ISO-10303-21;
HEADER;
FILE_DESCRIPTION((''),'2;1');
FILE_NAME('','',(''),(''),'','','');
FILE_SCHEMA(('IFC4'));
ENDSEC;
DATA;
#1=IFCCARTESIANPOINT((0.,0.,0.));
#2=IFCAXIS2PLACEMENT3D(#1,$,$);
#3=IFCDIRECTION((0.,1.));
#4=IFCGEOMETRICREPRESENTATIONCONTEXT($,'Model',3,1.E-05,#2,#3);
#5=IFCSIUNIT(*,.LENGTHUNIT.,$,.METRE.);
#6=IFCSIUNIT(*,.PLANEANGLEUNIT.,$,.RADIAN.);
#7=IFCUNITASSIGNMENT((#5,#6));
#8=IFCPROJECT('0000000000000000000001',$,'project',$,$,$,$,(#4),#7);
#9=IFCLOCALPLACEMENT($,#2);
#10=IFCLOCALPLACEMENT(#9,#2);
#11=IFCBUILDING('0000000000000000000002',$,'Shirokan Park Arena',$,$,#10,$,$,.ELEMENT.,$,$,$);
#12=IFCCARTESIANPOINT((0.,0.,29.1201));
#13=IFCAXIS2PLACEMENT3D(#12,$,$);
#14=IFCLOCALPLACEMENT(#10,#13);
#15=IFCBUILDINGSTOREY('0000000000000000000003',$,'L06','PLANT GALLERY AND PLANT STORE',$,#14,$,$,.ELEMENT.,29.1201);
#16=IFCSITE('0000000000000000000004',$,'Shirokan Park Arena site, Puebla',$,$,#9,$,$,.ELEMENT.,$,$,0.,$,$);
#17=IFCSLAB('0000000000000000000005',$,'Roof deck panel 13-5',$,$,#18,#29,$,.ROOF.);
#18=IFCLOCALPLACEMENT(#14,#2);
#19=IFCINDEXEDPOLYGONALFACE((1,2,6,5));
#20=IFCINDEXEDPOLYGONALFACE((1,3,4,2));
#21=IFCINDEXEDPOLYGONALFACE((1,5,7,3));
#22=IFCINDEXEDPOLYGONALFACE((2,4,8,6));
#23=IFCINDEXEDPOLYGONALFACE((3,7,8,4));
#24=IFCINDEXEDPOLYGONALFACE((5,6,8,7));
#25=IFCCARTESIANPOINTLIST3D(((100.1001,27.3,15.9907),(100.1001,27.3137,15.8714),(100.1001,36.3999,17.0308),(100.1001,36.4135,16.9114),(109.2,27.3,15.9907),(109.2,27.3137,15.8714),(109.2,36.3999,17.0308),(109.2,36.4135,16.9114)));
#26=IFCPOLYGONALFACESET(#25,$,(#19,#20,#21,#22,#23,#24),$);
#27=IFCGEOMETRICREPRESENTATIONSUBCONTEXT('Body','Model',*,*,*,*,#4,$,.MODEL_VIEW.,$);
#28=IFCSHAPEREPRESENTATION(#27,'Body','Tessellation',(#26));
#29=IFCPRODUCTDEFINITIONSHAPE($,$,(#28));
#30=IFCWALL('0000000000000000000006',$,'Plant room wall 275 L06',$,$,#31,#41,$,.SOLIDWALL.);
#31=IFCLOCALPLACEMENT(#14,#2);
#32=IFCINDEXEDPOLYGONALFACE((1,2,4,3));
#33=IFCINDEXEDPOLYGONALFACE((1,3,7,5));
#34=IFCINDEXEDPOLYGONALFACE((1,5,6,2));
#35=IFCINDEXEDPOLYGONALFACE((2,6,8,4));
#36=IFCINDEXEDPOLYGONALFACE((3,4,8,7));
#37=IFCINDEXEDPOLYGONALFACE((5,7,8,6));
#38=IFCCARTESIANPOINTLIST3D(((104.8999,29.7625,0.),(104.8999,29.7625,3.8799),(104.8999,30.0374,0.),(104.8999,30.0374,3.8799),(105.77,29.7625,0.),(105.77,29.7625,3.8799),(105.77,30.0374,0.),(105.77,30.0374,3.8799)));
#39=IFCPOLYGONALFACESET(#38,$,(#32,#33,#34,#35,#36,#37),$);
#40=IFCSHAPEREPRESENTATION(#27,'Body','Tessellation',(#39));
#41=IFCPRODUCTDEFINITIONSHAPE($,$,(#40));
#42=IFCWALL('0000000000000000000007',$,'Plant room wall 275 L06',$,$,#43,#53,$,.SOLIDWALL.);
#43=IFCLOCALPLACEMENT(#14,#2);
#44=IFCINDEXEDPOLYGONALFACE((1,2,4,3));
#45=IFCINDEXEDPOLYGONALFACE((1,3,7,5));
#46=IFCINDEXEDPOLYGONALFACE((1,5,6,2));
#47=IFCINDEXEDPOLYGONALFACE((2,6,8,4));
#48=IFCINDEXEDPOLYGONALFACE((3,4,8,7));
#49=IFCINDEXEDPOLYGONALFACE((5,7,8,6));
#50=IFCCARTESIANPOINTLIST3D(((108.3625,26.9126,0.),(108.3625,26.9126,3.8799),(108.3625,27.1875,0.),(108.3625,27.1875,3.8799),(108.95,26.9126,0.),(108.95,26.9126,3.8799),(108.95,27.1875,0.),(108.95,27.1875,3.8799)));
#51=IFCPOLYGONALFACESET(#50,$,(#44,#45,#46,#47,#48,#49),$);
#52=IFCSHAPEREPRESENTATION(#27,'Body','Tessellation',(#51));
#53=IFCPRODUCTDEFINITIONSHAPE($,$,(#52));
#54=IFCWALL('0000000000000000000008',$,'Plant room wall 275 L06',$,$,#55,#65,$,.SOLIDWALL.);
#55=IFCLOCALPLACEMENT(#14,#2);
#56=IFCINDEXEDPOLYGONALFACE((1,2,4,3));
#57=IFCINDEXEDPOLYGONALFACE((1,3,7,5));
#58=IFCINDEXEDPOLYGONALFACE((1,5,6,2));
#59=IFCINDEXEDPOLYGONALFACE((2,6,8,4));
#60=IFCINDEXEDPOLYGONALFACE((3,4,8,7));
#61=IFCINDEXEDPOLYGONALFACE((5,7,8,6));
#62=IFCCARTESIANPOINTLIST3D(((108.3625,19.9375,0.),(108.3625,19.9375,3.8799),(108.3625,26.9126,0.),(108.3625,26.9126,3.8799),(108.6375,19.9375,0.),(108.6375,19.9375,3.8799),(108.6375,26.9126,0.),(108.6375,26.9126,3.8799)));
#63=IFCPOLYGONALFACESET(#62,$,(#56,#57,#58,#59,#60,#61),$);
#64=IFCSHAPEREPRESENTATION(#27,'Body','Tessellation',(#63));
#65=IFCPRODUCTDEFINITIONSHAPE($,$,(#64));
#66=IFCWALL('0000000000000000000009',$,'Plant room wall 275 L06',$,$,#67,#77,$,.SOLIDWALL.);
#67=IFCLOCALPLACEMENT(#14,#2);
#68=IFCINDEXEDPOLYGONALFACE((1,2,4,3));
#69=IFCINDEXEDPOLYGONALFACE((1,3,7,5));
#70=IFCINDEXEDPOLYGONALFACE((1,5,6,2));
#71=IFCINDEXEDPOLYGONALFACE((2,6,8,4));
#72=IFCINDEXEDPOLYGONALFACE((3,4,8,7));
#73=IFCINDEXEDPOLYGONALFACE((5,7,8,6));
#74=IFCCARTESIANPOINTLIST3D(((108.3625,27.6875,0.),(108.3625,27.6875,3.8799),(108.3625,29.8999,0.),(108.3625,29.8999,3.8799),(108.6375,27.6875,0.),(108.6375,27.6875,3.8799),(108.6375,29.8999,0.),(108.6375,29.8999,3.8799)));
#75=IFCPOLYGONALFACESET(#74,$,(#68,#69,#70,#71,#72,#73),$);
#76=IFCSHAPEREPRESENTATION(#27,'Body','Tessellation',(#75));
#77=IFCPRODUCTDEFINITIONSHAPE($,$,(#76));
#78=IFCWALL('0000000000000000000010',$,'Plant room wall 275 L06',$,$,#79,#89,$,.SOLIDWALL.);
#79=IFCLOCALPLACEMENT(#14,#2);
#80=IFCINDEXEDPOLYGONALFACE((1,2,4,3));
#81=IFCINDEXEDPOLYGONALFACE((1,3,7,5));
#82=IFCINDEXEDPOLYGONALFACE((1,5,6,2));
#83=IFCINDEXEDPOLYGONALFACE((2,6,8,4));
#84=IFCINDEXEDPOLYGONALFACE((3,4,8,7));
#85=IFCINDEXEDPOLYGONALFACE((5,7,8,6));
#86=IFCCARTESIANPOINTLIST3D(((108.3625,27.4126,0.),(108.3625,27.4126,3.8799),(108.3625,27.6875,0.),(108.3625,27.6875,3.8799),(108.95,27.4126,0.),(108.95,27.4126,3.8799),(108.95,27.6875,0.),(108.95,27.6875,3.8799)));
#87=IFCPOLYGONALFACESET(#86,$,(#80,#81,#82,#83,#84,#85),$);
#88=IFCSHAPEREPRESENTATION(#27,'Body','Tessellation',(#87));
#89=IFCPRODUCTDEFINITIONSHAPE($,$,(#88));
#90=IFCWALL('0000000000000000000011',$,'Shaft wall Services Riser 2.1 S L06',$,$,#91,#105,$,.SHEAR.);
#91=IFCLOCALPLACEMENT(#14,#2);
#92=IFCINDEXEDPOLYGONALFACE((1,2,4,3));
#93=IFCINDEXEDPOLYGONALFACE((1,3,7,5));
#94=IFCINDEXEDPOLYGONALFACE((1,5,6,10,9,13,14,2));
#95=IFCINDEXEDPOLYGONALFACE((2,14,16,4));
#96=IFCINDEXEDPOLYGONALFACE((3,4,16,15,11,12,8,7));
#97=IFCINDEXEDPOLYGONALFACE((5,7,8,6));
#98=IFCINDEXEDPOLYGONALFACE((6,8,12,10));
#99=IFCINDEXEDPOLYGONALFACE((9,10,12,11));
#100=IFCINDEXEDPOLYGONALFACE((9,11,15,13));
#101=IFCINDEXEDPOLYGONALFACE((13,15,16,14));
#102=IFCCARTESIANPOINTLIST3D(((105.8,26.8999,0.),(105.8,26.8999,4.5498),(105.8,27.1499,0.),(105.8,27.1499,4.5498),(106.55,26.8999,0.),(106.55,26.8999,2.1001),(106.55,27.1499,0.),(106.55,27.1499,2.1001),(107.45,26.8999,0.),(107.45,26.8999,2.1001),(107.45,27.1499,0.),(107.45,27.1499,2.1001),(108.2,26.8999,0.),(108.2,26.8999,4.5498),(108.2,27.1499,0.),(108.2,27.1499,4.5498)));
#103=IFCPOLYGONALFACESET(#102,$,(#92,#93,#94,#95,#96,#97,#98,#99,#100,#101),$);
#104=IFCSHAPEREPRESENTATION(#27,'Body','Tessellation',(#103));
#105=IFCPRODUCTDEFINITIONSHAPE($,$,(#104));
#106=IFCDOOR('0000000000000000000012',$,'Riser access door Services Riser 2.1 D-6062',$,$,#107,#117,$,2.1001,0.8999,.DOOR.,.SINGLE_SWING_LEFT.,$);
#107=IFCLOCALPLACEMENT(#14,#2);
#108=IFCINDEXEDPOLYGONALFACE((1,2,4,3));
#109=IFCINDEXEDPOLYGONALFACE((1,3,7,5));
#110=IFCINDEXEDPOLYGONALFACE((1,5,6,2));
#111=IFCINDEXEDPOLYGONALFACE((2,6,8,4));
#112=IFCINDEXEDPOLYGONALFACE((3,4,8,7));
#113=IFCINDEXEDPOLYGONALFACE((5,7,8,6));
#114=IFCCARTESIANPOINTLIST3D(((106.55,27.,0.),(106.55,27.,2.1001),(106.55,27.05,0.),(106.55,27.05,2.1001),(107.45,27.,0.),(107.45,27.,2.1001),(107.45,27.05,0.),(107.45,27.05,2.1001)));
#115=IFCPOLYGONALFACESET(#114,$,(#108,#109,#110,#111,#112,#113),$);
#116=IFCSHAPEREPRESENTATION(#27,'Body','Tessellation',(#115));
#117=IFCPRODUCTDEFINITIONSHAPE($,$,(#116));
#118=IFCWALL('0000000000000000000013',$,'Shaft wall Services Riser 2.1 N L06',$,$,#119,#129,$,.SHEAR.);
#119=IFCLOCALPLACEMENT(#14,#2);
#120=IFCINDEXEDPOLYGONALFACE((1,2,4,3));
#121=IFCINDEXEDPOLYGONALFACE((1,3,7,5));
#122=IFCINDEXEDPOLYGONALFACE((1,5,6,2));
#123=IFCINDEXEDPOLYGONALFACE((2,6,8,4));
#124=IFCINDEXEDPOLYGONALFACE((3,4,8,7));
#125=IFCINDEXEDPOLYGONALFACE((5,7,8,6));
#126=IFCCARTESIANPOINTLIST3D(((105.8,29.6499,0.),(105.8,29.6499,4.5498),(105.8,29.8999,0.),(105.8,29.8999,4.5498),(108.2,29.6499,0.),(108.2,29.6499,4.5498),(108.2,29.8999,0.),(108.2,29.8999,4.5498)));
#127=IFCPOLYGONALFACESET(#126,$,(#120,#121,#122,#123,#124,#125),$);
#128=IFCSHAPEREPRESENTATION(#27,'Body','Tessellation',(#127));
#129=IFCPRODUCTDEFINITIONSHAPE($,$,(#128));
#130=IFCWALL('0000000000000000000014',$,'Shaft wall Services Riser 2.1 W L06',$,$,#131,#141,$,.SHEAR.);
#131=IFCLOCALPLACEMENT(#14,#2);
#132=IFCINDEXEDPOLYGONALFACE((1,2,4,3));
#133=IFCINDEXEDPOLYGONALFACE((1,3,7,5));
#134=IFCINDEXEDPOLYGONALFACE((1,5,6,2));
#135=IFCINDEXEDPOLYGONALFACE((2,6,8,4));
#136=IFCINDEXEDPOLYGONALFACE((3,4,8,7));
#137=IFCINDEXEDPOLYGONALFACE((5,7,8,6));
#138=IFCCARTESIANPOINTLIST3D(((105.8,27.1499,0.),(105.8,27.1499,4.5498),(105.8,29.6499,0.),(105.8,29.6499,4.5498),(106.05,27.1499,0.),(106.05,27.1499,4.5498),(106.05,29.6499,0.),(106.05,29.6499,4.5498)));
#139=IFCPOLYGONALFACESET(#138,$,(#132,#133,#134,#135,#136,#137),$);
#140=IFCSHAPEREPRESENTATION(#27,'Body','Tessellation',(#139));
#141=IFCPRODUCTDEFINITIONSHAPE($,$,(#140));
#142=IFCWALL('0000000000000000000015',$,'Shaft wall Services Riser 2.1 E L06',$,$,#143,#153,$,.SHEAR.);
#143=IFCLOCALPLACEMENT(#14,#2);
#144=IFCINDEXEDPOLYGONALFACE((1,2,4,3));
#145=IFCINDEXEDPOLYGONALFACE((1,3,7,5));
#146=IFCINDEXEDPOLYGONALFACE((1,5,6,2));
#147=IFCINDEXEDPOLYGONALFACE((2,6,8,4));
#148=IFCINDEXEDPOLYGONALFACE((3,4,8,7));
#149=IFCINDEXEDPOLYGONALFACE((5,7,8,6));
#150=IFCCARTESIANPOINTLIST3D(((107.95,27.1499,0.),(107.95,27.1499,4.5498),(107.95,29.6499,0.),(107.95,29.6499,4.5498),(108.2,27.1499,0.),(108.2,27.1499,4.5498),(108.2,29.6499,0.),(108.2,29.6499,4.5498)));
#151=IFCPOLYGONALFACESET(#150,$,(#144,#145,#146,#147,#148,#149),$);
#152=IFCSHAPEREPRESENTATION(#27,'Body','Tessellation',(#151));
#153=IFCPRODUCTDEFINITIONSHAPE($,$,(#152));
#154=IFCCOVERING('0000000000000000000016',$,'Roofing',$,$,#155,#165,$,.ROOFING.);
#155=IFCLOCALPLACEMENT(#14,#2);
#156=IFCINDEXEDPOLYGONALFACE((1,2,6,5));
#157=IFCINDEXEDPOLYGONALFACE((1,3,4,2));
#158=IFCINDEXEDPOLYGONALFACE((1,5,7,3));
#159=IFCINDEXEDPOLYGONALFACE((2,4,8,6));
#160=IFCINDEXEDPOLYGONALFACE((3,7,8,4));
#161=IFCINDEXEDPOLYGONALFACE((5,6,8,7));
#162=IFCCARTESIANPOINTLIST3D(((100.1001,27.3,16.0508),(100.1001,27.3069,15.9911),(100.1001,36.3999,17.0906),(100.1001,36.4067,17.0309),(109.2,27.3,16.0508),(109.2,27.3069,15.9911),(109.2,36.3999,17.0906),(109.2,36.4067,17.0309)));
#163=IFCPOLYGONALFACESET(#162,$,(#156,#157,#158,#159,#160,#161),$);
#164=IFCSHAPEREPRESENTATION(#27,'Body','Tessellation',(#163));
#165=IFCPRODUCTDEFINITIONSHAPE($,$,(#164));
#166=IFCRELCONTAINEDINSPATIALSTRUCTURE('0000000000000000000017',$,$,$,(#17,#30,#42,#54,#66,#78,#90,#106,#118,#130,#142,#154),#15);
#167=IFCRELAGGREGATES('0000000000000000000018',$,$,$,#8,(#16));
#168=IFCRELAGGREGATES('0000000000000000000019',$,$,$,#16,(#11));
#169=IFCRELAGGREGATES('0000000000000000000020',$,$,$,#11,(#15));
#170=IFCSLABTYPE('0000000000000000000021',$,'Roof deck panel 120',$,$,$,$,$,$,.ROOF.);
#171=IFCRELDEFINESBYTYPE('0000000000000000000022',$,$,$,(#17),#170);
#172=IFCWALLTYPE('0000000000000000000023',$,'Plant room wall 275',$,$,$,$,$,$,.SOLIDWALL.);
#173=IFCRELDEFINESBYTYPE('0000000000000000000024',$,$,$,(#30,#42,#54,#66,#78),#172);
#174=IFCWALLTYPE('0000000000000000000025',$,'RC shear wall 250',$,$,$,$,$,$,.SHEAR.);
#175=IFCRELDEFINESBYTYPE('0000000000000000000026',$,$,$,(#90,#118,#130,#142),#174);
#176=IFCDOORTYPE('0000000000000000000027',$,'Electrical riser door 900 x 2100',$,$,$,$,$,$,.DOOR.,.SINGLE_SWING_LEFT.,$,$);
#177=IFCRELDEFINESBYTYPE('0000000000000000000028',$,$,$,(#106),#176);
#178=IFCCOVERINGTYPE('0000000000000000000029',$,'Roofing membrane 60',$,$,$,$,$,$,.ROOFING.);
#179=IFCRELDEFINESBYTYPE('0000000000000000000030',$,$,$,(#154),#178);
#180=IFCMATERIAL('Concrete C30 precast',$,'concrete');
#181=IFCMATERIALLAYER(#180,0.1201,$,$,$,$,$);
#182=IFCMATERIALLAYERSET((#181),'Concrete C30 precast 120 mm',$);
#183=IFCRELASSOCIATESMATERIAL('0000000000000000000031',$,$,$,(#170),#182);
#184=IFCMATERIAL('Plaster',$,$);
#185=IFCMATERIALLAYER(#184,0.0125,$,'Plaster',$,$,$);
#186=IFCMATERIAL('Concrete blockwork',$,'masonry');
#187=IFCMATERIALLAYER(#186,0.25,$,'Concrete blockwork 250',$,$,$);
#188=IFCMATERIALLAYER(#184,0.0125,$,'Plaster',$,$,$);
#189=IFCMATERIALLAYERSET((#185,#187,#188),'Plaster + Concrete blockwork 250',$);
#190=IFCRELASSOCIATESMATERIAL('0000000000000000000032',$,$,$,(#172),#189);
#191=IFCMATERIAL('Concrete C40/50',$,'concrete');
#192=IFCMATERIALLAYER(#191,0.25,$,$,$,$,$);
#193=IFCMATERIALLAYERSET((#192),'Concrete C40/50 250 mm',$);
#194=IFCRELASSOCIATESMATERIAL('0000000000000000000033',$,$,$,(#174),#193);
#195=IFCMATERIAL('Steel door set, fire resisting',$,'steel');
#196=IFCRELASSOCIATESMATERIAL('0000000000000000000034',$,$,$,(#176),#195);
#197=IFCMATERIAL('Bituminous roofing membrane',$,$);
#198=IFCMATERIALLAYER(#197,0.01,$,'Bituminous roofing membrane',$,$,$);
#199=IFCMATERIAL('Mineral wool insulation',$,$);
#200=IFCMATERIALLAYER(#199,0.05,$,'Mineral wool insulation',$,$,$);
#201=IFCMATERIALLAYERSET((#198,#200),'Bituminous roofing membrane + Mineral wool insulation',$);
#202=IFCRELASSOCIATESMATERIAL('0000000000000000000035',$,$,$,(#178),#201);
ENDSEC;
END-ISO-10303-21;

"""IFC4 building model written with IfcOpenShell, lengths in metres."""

from ifc_helpers import new_model, si_unit, direction, frame, frame_2d, origin, place, context, subcontext, project, spatial, polyline, rectangle, outline, extrude, material, layer, layer_set, type_object, element, fill, save


model = new_model("IFC4")

# Units and contexts
model_context = context("Model", 3, precision=1e-05, world=origin(), true_north=direction((0.0, 1.0)))
body_context = subcontext(model_context, "Body", "Model", "MODEL_VIEW")
ifc_project = project(units=[si_unit("LENGTHUNIT", "METRE"), si_unit("PLANEANGLEUNIT", "RADIAN")], contexts=[model_context])

# Site, building, storey
site_placement = place(None, origin())
site = spatial("IfcSite", under=ifc_project, at=site_placement, Name="Shirokan Park Arena site, Puebla", CompositionType="ELEMENT", RefElevation=0.0)
building_placement = place(site_placement, origin())
building = spatial("IfcBuilding", under=site, at=building_placement, Name="Shirokan Park Arena", CompositionType="ELEMENT")
storey_placement = place(building_placement, frame((0.0, 0.0, 29.1201)))
storey = spatial("IfcBuildingStorey", under=building, at=storey_placement, Name="L06", Description="PLANT GALLERY AND PLANT STORE", CompositionType="ELEMENT", Elevation=29.1201)

# Slab
ifc_material_1 = material(Name="Concrete C30 precast", Category="concrete")
ifc_layer_1 = layer(ifc_material_1, 0.1201)
ifc_layer_set_1 = layer_set([ifc_layer_1], Name="Concrete C30 precast 120 mm")
slab_type = type_object("IfcSlabType", Name="Roof deck panel 120", PredefinedType="ROOF", material=ifc_layer_set_1)
slab_placement = place(storey_placement, frame((100.1001, 27.3, 15.9907), z_axis=(0.0, -0.113553, 0.993532), x_axis=(1.0, 0.0, 0.0)))
element("IfcSlab", 1, at=slab_placement, inside=storey, type_object=slab_type, Name="Roof deck panel 13-5", PredefinedType="ROOF", context=body_context, shape_type="SweptSolid", body=[
    extrude(outline(polyline([(0.0, 0.0), (9.0999, 0.0), (9.0999, 9.1591), (0.0, 9.1591), (0.0, 0.0)])), origin(), (0.0, 0.0, -1.0), 0.1201),
])

# Shared definitions
ifc_material_2 = material(Name="Plaster")
ifc_layer_2 = layer(ifc_material_2, 0.0125, Name="Plaster")
ifc_material_3 = material(Name="Concrete blockwork", Category="masonry")
ifc_layer_3 = layer(ifc_material_3, 0.25, Name="Concrete blockwork 250")
ifc_layer_4 = layer(ifc_material_2, 0.0125, Name="Plaster")
ifc_layer_set_2 = layer_set([ifc_layer_2, ifc_layer_3, ifc_layer_4], Name="Plaster + Concrete blockwork 250")
wall_type_1 = type_object("IfcWallType", Name="Plant room wall 275", PredefinedType="SOLIDWALL", material=ifc_layer_set_2)

# Walls
wall_1_placement = place(storey_placement, frame((104.8999, 29.8999, 0.0), z_axis=(0.0, 0.0, 1.0), x_axis=(1.0, 0.0, 0.0)))
element("IfcWall", 2, at=wall_1_placement, inside=storey, type_object=wall_type_1, Name="Plant room wall 275 L06", PredefinedType="SOLIDWALL", context=body_context, shape_type="SweptSolid", body=[
    extrude(rectangle(XDim=0.8701, YDim=0.2749, at=frame_2d((0.4351, 0.0))), origin(), (0.0, 0.0, 1.0), 3.8799),
])
wall_2_placement = place(storey_placement, frame((108.3625, 27.05, 0.0), z_axis=(0.0, 0.0, 1.0), x_axis=(1.0, 0.0, 0.0)))
element("IfcWall", 3, at=wall_2_placement, inside=storey, type_object=wall_type_1, Name="Plant room wall 275 L06", PredefinedType="SOLIDWALL", context=body_context, shape_type="SweptSolid", body=[
    extrude(rectangle(XDim=0.5874, YDim=0.2749, at=frame_2d((0.2937, 0.0))), origin(), (0.0, 0.0, 1.0), 3.8799),
])
wall_3_placement = place(storey_placement, frame((108.5, 19.9375, 0.0), z_axis=(0.0, 0.0, 1.0), x_axis=(0.0, 1.0, 0.0)))
element("IfcWall", 4, at=wall_3_placement, inside=storey, type_object=wall_type_1, Name="Plant room wall 275 L06", PredefinedType="SOLIDWALL", context=body_context, shape_type="SweptSolid", body=[
    extrude(rectangle(XDim=6.9751, YDim=0.2749, at=frame_2d((3.4875, 0.0))), origin(), (0.0, 0.0, 1.0), 3.8799),
])
wall_4_placement = place(storey_placement, frame((108.5, 27.6875, 0.0), z_axis=(0.0, 0.0, 1.0), x_axis=(0.0, 1.0, 0.0)))
element("IfcWall", 5, at=wall_4_placement, inside=storey, type_object=wall_type_1, Name="Plant room wall 275 L06", PredefinedType="SOLIDWALL", context=body_context, shape_type="SweptSolid", body=[
    extrude(rectangle(XDim=2.2124, YDim=0.2749, at=frame_2d((1.1062, 0.0))), origin(), (0.0, 0.0, 1.0), 3.8799),
])
wall_5_placement = place(storey_placement, frame((108.95, 27.55, 0.0), z_axis=(0.0, 0.0, 1.0), x_axis=(-1.0, 0.0, 0.0)))
element("IfcWall", 6, at=wall_5_placement, inside=storey, type_object=wall_type_1, Name="Plant room wall 275 L06", PredefinedType="SOLIDWALL", context=body_context, shape_type="SweptSolid", body=[
    extrude(rectangle(XDim=0.5874, YDim=0.2749, at=frame_2d((0.2937, 0.0))), origin(), (0.0, 0.0, 1.0), 3.8799),
])

# Wall, opening, door
ifc_material_4 = material(Name="Concrete C40/50", Category="concrete")
ifc_layer_5 = layer(ifc_material_4, 0.25)
ifc_layer_set_3 = layer_set([ifc_layer_5], Name="Concrete C40/50 250 mm")
wall_type_2 = type_object("IfcWallType", Name="RC shear wall 250", PredefinedType="SHEAR", material=ifc_layer_set_3)
wall_6_placement = place(storey_placement, frame((108.2, 27.0249, 0.0), z_axis=(0.0, 0.0, 1.0), x_axis=(-1.0, 0.0, 0.0)))
wall_6 = element("IfcWall", 7, at=wall_6_placement, inside=storey, type_object=wall_type_2, Name="Shaft wall Services Riser 2.1 S L06", PredefinedType="SHEAR", context=body_context, shape_type="SweptSolid", body=[
    extrude(rectangle(XDim=2.3999, YDim=0.25, at=frame_2d((1.2, 0.0))), origin(), (0.0, 0.0, 1.0), 4.5498),
])
opening_1_placement = place(wall_6_placement, frame((0.75, 0.0, 0.0)))
opening_1 = element("IfcOpeningElement", 8, at=opening_1_placement, cuts=wall_6, PredefinedType="OPENING", context=body_context, shape_type="SweptSolid", body=[
    extrude(rectangle(XDim=0.8999, YDim=2.1001, at=frame_2d((0.45, 1.05))), frame((0.0, 0.135, 0.0), z_axis=(0.0, -1.0, 0.0), x_axis=(1.0, 0.0, 0.0)), (0.0, 0.0, 1.0), 0.27),
])
ifc_material_5 = material(Name="Steel door set, fire resisting", Category="steel")
door_type_1 = type_object("IfcDoorType", Name="Electrical riser door 900 x 2100", OperationType="SINGLE_SWING_LEFT", PredefinedType="DOOR", material=ifc_material_5)
door_1_placement = place(opening_1_placement, origin())
door_1 = element("IfcDoor", 9, at=door_1_placement, inside=storey, type_object=door_type_1, Name="Riser access door Services Riser 2.1 D-6062", OperationType="SINGLE_SWING_LEFT", OverallHeight=2.1001, OverallWidth=0.8999, PredefinedType="DOOR", context=body_context, shape_type="SweptSolid", body=[
    extrude(rectangle(XDim=0.8999, YDim=2.1001, at=frame_2d((0.45, 1.05))), frame((0.0, 0.0249, 0.0), z_axis=(0.0, -1.0, 0.0), x_axis=(1.0, 0.0, 0.0)), (0.0, 0.0, 1.0), 0.05),
])
fill(opening_1, door_1)

# Walls
wall_7_placement = place(storey_placement, frame((108.2, 29.7749, 0.0), z_axis=(0.0, 0.0, 1.0), x_axis=(-1.0, 0.0, 0.0)))
element("IfcWall", 10, at=wall_7_placement, inside=storey, type_object=wall_type_2, Name="Shaft wall Services Riser 2.1 N L06", PredefinedType="SHEAR", context=body_context, shape_type="SweptSolid", body=[
    extrude(rectangle(XDim=2.3999, YDim=0.25, at=frame_2d((1.2, 0.0))), origin(), (0.0, 0.0, 1.0), 4.5498),
])
for number, where, z_axis, x_axis, name in (
    (11, (105.925, 29.6499, 0.0), (0.0, 0.0, 1.0), (0.0, -1.0, 0.0), "Shaft wall Services Riser 2.1 W L06"),
    (12, (108.075, 29.6499, 0.0), (0.0, 0.0, 1.0), (0.0, -1.0, 0.0), "Shaft wall Services Riser 2.1 E L06"),
):
    element("IfcWall", number, at=place(storey_placement, frame(where, z_axis=z_axis, x_axis=x_axis)), inside=storey, type_object=wall_type_2, Name=name, PredefinedType="SHEAR", context=body_context, shape_type="SweptSolid", body=[
        extrude(rectangle(XDim=2.5, YDim=0.25, at=frame_2d((1.25, 0.0))), origin(), (0.0, 0.0, 1.0), 4.5498),
    ])

# Covering
ifc_material_6 = material(Name="Bituminous roofing membrane")
ifc_layer_6 = layer(ifc_material_6, 0.01, Name="Bituminous roofing membrane")
ifc_material_7 = material(Name="Mineral wool insulation")
ifc_layer_7 = layer(ifc_material_7, 0.05, Name="Mineral wool insulation")
ifc_layer_set_4 = layer_set([ifc_layer_6, ifc_layer_7], Name="Bituminous roofing membrane + Mineral wool insulation")
covering_type = type_object("IfcCoveringType", Name="Roofing membrane 60", PredefinedType="ROOFING", material=ifc_layer_set_4)
covering_placement = place(storey_placement, frame((100.1001, 27.3, 16.0508), z_axis=(0.0, -0.113526, 0.993535), x_axis=(1.0, 0.0, 0.0)))
element("IfcCovering", 13, at=covering_placement, inside=storey, type_object=covering_type, Name="Roofing", PredefinedType="ROOFING", context=body_context, shape_type="SweptSolid", body=[
    extrude(outline(polyline([(0.0, 0.0), (9.0999, 0.0), (9.0999, 9.1591), (0.0, 9.1591), (0.0, 0.0)])), origin(), (0.0, 0.0, -1.0), 0.0601),
])

save(model, "model.ifc")
